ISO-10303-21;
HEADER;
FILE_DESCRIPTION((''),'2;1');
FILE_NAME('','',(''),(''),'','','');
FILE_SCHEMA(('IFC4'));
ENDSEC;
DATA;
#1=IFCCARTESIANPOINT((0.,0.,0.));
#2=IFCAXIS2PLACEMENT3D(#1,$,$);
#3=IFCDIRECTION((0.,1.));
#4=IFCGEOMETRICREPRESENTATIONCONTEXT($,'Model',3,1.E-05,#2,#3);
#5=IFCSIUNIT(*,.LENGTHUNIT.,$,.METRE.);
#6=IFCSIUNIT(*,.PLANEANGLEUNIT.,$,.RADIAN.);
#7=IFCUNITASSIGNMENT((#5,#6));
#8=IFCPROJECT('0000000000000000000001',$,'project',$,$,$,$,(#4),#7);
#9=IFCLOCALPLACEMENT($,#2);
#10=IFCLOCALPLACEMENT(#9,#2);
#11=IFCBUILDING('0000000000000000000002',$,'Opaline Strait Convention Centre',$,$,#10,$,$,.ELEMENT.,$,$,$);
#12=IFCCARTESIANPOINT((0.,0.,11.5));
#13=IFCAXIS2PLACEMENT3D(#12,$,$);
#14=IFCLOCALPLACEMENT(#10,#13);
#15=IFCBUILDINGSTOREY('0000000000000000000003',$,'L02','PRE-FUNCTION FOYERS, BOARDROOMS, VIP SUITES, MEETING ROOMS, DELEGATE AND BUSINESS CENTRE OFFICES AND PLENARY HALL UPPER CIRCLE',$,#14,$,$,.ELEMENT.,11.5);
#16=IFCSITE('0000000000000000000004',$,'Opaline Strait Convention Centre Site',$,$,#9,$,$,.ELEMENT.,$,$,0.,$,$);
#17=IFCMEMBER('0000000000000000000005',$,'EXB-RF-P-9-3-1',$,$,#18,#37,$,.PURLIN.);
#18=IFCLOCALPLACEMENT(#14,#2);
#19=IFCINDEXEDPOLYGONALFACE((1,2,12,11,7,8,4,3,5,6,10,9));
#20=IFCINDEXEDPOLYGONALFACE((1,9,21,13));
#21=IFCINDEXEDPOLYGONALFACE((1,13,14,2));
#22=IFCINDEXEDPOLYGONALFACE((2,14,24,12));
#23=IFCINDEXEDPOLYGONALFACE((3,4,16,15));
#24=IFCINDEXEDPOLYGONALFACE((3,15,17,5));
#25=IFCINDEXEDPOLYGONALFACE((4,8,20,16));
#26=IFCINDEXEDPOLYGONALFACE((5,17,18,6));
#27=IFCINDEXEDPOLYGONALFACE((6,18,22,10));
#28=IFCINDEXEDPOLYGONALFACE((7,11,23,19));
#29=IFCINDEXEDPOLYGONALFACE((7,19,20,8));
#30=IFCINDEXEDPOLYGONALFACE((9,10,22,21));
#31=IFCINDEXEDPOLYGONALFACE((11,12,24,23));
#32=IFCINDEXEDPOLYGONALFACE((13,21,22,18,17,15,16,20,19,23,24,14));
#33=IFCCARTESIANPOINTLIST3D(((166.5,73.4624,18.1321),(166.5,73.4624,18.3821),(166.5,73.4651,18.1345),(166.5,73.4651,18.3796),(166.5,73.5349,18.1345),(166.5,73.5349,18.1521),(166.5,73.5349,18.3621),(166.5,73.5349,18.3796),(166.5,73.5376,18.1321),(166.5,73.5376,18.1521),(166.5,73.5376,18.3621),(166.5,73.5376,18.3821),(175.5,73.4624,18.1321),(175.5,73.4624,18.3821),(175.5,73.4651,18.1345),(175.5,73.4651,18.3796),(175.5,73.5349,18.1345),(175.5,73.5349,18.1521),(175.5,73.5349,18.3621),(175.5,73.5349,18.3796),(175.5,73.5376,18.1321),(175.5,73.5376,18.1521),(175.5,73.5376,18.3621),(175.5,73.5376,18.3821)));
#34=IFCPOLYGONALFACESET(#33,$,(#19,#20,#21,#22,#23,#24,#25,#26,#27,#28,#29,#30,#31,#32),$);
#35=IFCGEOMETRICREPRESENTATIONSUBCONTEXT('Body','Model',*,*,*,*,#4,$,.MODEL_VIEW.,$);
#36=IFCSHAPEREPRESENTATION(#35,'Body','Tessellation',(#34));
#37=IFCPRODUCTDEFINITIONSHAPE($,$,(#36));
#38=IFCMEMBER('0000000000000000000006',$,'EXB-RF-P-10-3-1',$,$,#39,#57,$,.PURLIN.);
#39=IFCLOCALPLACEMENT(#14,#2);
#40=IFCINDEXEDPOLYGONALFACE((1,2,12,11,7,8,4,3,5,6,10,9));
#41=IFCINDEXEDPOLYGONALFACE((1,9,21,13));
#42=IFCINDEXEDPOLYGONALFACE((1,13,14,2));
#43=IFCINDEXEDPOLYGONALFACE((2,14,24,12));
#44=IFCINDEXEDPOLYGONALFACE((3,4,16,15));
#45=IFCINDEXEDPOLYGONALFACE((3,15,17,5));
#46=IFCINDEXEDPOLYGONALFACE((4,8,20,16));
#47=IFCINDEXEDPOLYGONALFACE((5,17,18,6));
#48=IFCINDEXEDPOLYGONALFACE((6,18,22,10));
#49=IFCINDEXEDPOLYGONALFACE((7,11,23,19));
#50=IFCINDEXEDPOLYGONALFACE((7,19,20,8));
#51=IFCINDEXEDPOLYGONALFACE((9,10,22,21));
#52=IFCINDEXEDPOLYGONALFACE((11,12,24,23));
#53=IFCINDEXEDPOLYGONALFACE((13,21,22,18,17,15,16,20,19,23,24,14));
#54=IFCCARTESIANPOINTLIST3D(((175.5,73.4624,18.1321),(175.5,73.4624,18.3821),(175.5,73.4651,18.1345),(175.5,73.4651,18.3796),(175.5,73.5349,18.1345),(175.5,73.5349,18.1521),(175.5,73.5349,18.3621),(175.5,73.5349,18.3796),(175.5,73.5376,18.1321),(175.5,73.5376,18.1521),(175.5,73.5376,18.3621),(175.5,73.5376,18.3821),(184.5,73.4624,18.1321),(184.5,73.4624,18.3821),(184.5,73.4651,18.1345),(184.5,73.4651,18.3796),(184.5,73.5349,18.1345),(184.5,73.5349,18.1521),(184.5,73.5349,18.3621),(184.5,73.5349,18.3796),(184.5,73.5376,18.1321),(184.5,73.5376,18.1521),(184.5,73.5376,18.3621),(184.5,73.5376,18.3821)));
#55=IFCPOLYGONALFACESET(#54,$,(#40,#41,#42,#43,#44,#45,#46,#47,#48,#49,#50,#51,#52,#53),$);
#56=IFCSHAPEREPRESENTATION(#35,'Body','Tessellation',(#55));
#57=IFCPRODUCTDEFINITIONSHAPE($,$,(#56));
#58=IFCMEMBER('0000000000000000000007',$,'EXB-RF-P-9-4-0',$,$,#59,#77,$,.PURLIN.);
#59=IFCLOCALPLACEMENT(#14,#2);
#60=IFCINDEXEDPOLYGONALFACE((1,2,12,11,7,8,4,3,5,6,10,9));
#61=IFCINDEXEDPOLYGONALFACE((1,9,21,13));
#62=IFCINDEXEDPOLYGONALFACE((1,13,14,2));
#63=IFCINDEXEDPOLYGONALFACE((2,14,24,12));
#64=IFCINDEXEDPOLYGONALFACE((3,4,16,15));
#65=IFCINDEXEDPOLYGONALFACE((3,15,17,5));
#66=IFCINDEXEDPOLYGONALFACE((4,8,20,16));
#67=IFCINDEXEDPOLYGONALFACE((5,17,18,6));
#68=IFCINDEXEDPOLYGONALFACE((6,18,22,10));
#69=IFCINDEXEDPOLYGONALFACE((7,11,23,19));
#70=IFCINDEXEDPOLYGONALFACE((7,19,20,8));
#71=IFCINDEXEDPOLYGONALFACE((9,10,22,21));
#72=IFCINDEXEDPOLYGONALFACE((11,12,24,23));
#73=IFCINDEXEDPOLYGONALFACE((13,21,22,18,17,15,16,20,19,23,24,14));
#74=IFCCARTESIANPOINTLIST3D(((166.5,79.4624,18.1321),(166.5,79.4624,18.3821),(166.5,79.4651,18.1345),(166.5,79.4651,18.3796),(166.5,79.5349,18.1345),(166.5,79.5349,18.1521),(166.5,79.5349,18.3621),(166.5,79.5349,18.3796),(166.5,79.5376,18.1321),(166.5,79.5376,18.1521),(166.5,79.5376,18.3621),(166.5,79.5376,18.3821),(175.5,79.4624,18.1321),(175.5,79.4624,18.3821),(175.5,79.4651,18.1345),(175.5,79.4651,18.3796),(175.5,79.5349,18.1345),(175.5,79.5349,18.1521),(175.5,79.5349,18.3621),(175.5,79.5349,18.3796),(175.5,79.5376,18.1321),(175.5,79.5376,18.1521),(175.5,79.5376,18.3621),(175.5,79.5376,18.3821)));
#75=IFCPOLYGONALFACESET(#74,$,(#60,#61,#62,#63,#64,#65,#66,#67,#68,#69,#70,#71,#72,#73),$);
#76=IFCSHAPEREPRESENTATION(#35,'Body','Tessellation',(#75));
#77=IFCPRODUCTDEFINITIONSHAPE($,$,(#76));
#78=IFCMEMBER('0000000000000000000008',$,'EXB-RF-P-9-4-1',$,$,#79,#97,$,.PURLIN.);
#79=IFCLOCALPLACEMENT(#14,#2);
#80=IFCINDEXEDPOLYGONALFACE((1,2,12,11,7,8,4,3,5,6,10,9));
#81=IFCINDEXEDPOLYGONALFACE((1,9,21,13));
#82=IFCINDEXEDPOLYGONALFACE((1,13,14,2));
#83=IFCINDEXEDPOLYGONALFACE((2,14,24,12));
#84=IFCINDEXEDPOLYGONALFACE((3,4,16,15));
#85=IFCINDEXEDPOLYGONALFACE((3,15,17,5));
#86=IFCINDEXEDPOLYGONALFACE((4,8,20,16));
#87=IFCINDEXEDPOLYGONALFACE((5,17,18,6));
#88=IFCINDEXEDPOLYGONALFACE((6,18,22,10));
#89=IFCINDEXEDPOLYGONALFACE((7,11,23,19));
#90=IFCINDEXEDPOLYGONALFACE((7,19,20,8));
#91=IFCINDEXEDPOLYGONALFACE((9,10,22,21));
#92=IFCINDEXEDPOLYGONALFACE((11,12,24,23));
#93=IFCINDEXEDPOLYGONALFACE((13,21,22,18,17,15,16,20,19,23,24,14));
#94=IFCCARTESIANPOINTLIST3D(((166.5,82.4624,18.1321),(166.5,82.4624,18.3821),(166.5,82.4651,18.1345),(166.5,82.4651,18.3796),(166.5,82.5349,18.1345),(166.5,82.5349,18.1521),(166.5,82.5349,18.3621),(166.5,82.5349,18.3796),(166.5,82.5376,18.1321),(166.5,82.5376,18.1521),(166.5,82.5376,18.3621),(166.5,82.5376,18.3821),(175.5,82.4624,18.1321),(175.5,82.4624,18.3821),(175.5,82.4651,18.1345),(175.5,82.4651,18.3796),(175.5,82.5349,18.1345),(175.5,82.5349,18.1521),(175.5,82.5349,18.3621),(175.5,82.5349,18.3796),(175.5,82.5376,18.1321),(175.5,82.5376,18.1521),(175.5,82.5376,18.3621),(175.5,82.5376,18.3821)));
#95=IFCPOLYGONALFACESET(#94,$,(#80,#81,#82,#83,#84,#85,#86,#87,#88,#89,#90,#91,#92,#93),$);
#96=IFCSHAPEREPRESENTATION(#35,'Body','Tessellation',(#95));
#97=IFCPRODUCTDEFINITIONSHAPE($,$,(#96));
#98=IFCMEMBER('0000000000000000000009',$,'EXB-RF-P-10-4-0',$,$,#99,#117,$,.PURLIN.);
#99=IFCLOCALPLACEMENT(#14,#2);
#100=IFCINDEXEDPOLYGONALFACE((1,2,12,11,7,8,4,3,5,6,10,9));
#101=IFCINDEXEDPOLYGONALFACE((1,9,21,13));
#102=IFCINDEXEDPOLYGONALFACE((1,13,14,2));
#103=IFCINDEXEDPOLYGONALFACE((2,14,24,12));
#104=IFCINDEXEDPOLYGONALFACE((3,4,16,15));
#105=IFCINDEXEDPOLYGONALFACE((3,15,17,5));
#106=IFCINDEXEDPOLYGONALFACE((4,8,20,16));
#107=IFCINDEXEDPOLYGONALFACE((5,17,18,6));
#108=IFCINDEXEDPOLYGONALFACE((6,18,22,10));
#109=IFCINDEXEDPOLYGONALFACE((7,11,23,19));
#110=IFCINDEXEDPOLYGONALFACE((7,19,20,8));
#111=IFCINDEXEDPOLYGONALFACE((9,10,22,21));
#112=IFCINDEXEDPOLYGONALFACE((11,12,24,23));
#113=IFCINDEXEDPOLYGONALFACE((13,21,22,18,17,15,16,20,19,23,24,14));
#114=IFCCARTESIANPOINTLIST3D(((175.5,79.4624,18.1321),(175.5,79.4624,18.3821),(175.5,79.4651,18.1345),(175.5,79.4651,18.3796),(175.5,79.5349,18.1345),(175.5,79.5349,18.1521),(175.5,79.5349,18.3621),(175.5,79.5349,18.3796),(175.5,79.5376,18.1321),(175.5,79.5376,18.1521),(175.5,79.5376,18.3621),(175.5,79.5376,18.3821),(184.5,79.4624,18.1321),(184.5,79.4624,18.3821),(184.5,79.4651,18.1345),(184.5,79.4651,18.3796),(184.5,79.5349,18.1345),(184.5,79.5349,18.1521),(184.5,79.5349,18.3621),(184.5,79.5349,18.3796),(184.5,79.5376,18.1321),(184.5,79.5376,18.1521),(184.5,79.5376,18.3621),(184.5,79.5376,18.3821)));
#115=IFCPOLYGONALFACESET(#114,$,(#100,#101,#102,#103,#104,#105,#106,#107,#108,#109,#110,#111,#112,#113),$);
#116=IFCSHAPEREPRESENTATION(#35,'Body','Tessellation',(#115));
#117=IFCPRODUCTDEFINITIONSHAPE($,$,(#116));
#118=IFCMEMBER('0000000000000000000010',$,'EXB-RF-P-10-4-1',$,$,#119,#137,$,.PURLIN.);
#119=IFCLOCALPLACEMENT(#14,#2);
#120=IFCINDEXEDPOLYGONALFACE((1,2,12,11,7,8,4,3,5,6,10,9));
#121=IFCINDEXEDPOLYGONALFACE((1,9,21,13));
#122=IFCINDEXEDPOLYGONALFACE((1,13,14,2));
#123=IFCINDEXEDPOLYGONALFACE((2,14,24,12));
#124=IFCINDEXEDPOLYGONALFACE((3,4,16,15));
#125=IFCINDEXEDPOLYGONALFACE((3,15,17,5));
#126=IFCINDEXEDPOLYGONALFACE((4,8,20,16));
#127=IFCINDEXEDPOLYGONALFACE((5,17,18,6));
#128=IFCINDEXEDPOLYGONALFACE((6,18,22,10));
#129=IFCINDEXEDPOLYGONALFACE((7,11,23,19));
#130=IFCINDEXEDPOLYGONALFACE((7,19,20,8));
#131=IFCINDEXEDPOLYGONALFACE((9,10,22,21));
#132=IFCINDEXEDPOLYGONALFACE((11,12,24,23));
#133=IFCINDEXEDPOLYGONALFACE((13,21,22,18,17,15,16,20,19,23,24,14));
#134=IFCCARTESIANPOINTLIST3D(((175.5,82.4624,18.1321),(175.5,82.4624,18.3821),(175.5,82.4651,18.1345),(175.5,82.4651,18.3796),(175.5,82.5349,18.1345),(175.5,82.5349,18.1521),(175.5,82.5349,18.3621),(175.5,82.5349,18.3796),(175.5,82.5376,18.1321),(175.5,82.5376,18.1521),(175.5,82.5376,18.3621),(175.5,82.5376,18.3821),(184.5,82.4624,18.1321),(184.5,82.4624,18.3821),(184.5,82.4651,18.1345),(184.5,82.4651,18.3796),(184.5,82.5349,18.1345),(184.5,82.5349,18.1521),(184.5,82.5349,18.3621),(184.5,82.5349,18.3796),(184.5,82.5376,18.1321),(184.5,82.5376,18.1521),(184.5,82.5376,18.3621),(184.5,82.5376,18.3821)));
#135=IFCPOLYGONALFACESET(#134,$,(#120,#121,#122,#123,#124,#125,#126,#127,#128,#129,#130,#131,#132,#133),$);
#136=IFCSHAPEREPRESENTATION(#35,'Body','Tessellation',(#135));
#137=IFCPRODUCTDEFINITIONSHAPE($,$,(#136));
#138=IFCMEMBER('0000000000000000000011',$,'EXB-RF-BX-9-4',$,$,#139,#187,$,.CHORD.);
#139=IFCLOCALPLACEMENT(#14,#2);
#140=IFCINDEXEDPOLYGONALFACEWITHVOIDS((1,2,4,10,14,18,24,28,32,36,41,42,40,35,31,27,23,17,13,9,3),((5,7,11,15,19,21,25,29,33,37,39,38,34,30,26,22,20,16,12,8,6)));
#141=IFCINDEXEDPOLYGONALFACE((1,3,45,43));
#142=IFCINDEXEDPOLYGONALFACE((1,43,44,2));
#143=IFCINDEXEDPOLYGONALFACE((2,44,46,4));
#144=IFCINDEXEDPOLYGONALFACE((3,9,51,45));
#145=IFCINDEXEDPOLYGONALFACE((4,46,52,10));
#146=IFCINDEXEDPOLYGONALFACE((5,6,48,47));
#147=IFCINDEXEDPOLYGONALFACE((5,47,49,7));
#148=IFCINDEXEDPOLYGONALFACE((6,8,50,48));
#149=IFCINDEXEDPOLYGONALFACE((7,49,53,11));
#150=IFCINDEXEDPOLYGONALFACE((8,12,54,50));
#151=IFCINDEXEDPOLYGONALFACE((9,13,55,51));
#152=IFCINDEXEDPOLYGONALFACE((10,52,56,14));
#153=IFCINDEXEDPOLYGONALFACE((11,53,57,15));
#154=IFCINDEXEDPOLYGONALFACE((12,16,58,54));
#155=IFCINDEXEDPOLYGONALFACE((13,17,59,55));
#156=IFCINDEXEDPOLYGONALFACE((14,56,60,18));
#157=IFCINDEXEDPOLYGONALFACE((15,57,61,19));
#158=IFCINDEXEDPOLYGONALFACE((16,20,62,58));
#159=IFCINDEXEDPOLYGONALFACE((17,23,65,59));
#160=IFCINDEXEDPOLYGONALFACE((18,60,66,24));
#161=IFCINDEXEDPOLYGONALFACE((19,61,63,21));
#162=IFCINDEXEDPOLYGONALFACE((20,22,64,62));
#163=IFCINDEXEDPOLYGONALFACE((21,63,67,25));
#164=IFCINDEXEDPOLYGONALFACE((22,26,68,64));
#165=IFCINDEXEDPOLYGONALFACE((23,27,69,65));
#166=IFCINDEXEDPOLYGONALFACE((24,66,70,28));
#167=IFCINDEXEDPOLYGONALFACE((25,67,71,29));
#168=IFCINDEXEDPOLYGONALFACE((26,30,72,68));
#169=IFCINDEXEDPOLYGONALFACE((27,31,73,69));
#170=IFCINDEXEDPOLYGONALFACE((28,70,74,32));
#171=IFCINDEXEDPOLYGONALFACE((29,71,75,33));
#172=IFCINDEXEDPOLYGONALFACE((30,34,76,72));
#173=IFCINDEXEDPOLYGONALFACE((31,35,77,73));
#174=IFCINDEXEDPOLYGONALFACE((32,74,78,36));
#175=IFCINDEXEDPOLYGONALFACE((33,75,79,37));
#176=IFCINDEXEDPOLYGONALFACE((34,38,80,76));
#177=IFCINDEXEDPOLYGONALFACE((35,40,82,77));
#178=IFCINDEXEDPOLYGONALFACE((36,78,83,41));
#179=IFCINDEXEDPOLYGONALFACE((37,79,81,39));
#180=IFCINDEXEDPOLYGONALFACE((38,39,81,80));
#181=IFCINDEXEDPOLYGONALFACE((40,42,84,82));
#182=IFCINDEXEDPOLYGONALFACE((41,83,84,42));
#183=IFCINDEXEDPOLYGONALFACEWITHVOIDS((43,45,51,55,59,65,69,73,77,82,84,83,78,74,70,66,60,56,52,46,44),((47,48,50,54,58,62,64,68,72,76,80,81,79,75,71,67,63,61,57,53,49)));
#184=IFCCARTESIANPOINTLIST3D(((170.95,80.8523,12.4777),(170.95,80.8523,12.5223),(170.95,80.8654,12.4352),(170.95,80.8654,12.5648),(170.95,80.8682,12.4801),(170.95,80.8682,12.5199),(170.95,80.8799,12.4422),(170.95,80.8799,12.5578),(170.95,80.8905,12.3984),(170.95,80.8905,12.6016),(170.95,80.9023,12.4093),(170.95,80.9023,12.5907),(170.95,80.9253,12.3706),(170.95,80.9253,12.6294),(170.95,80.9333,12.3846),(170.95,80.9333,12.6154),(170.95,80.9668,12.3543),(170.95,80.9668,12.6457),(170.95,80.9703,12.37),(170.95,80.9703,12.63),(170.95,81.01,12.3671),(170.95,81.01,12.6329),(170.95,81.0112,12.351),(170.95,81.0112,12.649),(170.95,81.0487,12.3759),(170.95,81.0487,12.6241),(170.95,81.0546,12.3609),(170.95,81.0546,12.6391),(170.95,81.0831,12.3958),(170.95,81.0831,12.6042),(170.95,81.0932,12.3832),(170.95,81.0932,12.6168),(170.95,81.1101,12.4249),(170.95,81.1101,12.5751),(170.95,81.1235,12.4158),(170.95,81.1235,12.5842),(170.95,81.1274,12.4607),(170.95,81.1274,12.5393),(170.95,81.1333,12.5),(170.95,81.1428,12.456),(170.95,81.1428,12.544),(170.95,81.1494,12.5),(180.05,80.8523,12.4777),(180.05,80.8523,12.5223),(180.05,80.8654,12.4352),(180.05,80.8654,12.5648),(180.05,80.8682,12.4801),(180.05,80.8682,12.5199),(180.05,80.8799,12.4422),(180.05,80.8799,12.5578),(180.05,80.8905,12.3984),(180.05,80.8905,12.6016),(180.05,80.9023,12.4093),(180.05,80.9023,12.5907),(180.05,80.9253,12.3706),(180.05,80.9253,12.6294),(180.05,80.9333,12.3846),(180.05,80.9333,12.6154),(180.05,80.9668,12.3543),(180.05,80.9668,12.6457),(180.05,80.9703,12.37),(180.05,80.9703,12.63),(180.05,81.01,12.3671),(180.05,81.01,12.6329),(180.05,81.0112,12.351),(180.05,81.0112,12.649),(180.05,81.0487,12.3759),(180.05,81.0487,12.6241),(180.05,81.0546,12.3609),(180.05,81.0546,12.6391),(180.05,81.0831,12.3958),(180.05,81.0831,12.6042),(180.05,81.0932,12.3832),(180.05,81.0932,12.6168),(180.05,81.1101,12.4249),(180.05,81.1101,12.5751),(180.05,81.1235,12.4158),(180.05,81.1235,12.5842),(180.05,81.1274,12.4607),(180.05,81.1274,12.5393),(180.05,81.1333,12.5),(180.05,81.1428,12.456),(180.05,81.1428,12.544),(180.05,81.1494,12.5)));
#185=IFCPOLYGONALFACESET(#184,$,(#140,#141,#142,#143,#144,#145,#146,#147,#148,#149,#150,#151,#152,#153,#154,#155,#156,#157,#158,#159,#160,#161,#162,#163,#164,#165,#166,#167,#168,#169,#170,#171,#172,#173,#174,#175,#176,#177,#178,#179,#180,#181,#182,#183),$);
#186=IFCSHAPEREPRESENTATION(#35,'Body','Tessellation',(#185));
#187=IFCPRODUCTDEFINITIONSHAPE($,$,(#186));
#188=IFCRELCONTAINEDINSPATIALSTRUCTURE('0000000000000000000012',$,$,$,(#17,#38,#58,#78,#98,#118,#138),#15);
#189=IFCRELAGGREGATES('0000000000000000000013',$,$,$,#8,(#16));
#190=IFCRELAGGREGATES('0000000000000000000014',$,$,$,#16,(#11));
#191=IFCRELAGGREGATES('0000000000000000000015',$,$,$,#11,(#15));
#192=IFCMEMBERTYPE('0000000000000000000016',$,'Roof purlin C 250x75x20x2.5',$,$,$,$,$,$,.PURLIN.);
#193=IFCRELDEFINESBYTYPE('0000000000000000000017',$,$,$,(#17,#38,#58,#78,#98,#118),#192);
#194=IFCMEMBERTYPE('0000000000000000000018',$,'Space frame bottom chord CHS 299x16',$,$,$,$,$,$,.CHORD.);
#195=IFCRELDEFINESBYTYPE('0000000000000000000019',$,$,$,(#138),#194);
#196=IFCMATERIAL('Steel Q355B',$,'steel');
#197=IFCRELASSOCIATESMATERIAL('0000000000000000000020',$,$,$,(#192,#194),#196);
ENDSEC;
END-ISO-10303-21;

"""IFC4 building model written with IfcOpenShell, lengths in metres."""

from ifc_helpers import new_model, si_unit, direction, frame, origin, origin_2d, place, context, subcontext, project, spatial, polyline, hollow_circle, outline, extrude, material, material_profile, profile_set, type_object, element, save


model = new_model("IFC4")

# Units and contexts
model_context = context("Model", 3, precision=1e-05, world=origin(), true_north=direction((0.0, 1.0)))
body_context = subcontext(model_context, "Body", "Model", "MODEL_VIEW")
ifc_project = project(units=[si_unit("LENGTHUNIT", "METRE"), si_unit("PLANEANGLEUNIT", "RADIAN")], contexts=[model_context])

# Site, building, storey
site_placement = place(None, origin())
site = spatial("IfcSite", under=ifc_project, at=site_placement, Name="Opaline Strait Convention Centre Site", CompositionType="ELEMENT", RefElevation=0.0)
building_placement = place(site_placement, origin())
building = spatial("IfcBuilding", under=site, at=building_placement, Name="Opaline Strait Convention Centre", CompositionType="ELEMENT")
storey_placement = place(building_placement, frame((0.0, 0.0, 11.5)))
storey = spatial("IfcBuildingStorey", under=building, at=storey_placement, Name="L02", Description="PRE-FUNCTION FOYERS, BOARDROOMS, VIP SUITES, MEETING ROOMS, DELEGATE AND BUSINESS CENTRE OFFICES AND PLENARY HALL UPPER CIRCLE", CompositionType="ELEMENT", Elevation=11.5)

# Members
ifc_material_1 = material(Name="Steel Q355B", Category="steel")
ifc_material_profile_1 = material_profile(ifc_material_1, outline(polyline([(-0.0376, -0.125), (0.0376, -0.125), (0.0376, -0.105), (0.0349, -0.105), (0.0349, -0.1226), (-0.0349, -0.1226), (-0.0349, 0.1226), (0.0349, 0.1226), (0.0349, 0.105), (0.0376, 0.105), (0.0376, 0.125), (-0.0376, 0.125), (-0.0376, -0.125)])), Name="C 250x75x20x2.5")
ifc_profile_set_1 = profile_set([ifc_material_profile_1], Name="Steel Q355B")
member_type_1 = type_object("IfcMemberType", Name="Roof purlin C 250x75x20x2.5", PredefinedType="PURLIN", material=ifc_profile_set_1)
for number, where, z_axis, x_axis, name in (
    (1, (166.5, 73.5, 18.2571), (1.0, 0.0, 0.0), (0.0, 1.0, 0.0), "EXB-RF-P-9-3-1"),
    (2, (175.5, 73.5, 18.2571), (1.0, 0.0, 0.0), (0.0, 1.0, 0.0), "EXB-RF-P-10-3-1"),
    (3, (166.5, 79.5, 18.2571), (1.0, 0.0, 0.0), (0.0, 1.0, 0.0), "EXB-RF-P-9-4-0"),
    (4, (166.5, 82.5, 18.2571), (1.0, 0.0, 0.0), (0.0, 1.0, 0.0), "EXB-RF-P-9-4-1"),
    (5, (175.5, 79.5, 18.2571), (1.0, 0.0, 0.0), (0.0, 1.0, 0.0), "EXB-RF-P-10-4-0"),
    (6, (175.5, 82.5, 18.2571), (1.0, 0.0, 0.0), (0.0, 1.0, 0.0), "EXB-RF-P-10-4-1"),
):
    element("IfcMember", number, at=place(storey_placement, frame(where, z_axis=z_axis, x_axis=x_axis)), inside=storey, type_object=member_type_1, Name=name, PredefinedType="PURLIN", context=body_context, shape_type="SweptSolid", body=[
        extrude(outline(polyline([(-0.0376, -0.125), (0.0376, -0.125), (0.0376, -0.105), (0.0349, -0.105), (0.0349, -0.1226), (-0.0349, -0.1226), (-0.0349, 0.1226), (0.0349, 0.1226), (0.0349, 0.105), (0.0376, 0.105), (0.0376, 0.125), (-0.0376, 0.125), (-0.0376, -0.125)])), origin(), (0.0, 0.0, 1.0), 9.0),
    ])
ifc_material_profile_2 = material_profile(ifc_material_1, hollow_circle(Radius=0.1494, WallThickness=0.0161, at=origin_2d()), Name="CHS 299x16")
ifc_profile_set_2 = profile_set([ifc_material_profile_2], Name="Steel Q355B")
member_type_2 = type_object("IfcMemberType", Name="Space frame bottom chord CHS 299x16", PredefinedType="CHORD", material=ifc_profile_set_2)
for number, where, z_axis, x_axis, name in (
    (7, (170.95, 81.0, 12.5), (1.0, 0.0, 0.0), (0.0, 1.0, 0.0), "EXB-RF-BX-9-4"),
):
    element("IfcMember", number, at=place(storey_placement, frame(where, z_axis=z_axis, x_axis=x_axis)), inside=storey, type_object=member_type_2, Name=name, PredefinedType="CHORD", context=body_context, shape_type="SweptSolid", body=[
        extrude(hollow_circle(Radius=0.1494, WallThickness=0.0161, at=origin_2d()), origin(), (0.0, 0.0, 1.0), 9.1001),
    ])

save(model, "model.ifc")
